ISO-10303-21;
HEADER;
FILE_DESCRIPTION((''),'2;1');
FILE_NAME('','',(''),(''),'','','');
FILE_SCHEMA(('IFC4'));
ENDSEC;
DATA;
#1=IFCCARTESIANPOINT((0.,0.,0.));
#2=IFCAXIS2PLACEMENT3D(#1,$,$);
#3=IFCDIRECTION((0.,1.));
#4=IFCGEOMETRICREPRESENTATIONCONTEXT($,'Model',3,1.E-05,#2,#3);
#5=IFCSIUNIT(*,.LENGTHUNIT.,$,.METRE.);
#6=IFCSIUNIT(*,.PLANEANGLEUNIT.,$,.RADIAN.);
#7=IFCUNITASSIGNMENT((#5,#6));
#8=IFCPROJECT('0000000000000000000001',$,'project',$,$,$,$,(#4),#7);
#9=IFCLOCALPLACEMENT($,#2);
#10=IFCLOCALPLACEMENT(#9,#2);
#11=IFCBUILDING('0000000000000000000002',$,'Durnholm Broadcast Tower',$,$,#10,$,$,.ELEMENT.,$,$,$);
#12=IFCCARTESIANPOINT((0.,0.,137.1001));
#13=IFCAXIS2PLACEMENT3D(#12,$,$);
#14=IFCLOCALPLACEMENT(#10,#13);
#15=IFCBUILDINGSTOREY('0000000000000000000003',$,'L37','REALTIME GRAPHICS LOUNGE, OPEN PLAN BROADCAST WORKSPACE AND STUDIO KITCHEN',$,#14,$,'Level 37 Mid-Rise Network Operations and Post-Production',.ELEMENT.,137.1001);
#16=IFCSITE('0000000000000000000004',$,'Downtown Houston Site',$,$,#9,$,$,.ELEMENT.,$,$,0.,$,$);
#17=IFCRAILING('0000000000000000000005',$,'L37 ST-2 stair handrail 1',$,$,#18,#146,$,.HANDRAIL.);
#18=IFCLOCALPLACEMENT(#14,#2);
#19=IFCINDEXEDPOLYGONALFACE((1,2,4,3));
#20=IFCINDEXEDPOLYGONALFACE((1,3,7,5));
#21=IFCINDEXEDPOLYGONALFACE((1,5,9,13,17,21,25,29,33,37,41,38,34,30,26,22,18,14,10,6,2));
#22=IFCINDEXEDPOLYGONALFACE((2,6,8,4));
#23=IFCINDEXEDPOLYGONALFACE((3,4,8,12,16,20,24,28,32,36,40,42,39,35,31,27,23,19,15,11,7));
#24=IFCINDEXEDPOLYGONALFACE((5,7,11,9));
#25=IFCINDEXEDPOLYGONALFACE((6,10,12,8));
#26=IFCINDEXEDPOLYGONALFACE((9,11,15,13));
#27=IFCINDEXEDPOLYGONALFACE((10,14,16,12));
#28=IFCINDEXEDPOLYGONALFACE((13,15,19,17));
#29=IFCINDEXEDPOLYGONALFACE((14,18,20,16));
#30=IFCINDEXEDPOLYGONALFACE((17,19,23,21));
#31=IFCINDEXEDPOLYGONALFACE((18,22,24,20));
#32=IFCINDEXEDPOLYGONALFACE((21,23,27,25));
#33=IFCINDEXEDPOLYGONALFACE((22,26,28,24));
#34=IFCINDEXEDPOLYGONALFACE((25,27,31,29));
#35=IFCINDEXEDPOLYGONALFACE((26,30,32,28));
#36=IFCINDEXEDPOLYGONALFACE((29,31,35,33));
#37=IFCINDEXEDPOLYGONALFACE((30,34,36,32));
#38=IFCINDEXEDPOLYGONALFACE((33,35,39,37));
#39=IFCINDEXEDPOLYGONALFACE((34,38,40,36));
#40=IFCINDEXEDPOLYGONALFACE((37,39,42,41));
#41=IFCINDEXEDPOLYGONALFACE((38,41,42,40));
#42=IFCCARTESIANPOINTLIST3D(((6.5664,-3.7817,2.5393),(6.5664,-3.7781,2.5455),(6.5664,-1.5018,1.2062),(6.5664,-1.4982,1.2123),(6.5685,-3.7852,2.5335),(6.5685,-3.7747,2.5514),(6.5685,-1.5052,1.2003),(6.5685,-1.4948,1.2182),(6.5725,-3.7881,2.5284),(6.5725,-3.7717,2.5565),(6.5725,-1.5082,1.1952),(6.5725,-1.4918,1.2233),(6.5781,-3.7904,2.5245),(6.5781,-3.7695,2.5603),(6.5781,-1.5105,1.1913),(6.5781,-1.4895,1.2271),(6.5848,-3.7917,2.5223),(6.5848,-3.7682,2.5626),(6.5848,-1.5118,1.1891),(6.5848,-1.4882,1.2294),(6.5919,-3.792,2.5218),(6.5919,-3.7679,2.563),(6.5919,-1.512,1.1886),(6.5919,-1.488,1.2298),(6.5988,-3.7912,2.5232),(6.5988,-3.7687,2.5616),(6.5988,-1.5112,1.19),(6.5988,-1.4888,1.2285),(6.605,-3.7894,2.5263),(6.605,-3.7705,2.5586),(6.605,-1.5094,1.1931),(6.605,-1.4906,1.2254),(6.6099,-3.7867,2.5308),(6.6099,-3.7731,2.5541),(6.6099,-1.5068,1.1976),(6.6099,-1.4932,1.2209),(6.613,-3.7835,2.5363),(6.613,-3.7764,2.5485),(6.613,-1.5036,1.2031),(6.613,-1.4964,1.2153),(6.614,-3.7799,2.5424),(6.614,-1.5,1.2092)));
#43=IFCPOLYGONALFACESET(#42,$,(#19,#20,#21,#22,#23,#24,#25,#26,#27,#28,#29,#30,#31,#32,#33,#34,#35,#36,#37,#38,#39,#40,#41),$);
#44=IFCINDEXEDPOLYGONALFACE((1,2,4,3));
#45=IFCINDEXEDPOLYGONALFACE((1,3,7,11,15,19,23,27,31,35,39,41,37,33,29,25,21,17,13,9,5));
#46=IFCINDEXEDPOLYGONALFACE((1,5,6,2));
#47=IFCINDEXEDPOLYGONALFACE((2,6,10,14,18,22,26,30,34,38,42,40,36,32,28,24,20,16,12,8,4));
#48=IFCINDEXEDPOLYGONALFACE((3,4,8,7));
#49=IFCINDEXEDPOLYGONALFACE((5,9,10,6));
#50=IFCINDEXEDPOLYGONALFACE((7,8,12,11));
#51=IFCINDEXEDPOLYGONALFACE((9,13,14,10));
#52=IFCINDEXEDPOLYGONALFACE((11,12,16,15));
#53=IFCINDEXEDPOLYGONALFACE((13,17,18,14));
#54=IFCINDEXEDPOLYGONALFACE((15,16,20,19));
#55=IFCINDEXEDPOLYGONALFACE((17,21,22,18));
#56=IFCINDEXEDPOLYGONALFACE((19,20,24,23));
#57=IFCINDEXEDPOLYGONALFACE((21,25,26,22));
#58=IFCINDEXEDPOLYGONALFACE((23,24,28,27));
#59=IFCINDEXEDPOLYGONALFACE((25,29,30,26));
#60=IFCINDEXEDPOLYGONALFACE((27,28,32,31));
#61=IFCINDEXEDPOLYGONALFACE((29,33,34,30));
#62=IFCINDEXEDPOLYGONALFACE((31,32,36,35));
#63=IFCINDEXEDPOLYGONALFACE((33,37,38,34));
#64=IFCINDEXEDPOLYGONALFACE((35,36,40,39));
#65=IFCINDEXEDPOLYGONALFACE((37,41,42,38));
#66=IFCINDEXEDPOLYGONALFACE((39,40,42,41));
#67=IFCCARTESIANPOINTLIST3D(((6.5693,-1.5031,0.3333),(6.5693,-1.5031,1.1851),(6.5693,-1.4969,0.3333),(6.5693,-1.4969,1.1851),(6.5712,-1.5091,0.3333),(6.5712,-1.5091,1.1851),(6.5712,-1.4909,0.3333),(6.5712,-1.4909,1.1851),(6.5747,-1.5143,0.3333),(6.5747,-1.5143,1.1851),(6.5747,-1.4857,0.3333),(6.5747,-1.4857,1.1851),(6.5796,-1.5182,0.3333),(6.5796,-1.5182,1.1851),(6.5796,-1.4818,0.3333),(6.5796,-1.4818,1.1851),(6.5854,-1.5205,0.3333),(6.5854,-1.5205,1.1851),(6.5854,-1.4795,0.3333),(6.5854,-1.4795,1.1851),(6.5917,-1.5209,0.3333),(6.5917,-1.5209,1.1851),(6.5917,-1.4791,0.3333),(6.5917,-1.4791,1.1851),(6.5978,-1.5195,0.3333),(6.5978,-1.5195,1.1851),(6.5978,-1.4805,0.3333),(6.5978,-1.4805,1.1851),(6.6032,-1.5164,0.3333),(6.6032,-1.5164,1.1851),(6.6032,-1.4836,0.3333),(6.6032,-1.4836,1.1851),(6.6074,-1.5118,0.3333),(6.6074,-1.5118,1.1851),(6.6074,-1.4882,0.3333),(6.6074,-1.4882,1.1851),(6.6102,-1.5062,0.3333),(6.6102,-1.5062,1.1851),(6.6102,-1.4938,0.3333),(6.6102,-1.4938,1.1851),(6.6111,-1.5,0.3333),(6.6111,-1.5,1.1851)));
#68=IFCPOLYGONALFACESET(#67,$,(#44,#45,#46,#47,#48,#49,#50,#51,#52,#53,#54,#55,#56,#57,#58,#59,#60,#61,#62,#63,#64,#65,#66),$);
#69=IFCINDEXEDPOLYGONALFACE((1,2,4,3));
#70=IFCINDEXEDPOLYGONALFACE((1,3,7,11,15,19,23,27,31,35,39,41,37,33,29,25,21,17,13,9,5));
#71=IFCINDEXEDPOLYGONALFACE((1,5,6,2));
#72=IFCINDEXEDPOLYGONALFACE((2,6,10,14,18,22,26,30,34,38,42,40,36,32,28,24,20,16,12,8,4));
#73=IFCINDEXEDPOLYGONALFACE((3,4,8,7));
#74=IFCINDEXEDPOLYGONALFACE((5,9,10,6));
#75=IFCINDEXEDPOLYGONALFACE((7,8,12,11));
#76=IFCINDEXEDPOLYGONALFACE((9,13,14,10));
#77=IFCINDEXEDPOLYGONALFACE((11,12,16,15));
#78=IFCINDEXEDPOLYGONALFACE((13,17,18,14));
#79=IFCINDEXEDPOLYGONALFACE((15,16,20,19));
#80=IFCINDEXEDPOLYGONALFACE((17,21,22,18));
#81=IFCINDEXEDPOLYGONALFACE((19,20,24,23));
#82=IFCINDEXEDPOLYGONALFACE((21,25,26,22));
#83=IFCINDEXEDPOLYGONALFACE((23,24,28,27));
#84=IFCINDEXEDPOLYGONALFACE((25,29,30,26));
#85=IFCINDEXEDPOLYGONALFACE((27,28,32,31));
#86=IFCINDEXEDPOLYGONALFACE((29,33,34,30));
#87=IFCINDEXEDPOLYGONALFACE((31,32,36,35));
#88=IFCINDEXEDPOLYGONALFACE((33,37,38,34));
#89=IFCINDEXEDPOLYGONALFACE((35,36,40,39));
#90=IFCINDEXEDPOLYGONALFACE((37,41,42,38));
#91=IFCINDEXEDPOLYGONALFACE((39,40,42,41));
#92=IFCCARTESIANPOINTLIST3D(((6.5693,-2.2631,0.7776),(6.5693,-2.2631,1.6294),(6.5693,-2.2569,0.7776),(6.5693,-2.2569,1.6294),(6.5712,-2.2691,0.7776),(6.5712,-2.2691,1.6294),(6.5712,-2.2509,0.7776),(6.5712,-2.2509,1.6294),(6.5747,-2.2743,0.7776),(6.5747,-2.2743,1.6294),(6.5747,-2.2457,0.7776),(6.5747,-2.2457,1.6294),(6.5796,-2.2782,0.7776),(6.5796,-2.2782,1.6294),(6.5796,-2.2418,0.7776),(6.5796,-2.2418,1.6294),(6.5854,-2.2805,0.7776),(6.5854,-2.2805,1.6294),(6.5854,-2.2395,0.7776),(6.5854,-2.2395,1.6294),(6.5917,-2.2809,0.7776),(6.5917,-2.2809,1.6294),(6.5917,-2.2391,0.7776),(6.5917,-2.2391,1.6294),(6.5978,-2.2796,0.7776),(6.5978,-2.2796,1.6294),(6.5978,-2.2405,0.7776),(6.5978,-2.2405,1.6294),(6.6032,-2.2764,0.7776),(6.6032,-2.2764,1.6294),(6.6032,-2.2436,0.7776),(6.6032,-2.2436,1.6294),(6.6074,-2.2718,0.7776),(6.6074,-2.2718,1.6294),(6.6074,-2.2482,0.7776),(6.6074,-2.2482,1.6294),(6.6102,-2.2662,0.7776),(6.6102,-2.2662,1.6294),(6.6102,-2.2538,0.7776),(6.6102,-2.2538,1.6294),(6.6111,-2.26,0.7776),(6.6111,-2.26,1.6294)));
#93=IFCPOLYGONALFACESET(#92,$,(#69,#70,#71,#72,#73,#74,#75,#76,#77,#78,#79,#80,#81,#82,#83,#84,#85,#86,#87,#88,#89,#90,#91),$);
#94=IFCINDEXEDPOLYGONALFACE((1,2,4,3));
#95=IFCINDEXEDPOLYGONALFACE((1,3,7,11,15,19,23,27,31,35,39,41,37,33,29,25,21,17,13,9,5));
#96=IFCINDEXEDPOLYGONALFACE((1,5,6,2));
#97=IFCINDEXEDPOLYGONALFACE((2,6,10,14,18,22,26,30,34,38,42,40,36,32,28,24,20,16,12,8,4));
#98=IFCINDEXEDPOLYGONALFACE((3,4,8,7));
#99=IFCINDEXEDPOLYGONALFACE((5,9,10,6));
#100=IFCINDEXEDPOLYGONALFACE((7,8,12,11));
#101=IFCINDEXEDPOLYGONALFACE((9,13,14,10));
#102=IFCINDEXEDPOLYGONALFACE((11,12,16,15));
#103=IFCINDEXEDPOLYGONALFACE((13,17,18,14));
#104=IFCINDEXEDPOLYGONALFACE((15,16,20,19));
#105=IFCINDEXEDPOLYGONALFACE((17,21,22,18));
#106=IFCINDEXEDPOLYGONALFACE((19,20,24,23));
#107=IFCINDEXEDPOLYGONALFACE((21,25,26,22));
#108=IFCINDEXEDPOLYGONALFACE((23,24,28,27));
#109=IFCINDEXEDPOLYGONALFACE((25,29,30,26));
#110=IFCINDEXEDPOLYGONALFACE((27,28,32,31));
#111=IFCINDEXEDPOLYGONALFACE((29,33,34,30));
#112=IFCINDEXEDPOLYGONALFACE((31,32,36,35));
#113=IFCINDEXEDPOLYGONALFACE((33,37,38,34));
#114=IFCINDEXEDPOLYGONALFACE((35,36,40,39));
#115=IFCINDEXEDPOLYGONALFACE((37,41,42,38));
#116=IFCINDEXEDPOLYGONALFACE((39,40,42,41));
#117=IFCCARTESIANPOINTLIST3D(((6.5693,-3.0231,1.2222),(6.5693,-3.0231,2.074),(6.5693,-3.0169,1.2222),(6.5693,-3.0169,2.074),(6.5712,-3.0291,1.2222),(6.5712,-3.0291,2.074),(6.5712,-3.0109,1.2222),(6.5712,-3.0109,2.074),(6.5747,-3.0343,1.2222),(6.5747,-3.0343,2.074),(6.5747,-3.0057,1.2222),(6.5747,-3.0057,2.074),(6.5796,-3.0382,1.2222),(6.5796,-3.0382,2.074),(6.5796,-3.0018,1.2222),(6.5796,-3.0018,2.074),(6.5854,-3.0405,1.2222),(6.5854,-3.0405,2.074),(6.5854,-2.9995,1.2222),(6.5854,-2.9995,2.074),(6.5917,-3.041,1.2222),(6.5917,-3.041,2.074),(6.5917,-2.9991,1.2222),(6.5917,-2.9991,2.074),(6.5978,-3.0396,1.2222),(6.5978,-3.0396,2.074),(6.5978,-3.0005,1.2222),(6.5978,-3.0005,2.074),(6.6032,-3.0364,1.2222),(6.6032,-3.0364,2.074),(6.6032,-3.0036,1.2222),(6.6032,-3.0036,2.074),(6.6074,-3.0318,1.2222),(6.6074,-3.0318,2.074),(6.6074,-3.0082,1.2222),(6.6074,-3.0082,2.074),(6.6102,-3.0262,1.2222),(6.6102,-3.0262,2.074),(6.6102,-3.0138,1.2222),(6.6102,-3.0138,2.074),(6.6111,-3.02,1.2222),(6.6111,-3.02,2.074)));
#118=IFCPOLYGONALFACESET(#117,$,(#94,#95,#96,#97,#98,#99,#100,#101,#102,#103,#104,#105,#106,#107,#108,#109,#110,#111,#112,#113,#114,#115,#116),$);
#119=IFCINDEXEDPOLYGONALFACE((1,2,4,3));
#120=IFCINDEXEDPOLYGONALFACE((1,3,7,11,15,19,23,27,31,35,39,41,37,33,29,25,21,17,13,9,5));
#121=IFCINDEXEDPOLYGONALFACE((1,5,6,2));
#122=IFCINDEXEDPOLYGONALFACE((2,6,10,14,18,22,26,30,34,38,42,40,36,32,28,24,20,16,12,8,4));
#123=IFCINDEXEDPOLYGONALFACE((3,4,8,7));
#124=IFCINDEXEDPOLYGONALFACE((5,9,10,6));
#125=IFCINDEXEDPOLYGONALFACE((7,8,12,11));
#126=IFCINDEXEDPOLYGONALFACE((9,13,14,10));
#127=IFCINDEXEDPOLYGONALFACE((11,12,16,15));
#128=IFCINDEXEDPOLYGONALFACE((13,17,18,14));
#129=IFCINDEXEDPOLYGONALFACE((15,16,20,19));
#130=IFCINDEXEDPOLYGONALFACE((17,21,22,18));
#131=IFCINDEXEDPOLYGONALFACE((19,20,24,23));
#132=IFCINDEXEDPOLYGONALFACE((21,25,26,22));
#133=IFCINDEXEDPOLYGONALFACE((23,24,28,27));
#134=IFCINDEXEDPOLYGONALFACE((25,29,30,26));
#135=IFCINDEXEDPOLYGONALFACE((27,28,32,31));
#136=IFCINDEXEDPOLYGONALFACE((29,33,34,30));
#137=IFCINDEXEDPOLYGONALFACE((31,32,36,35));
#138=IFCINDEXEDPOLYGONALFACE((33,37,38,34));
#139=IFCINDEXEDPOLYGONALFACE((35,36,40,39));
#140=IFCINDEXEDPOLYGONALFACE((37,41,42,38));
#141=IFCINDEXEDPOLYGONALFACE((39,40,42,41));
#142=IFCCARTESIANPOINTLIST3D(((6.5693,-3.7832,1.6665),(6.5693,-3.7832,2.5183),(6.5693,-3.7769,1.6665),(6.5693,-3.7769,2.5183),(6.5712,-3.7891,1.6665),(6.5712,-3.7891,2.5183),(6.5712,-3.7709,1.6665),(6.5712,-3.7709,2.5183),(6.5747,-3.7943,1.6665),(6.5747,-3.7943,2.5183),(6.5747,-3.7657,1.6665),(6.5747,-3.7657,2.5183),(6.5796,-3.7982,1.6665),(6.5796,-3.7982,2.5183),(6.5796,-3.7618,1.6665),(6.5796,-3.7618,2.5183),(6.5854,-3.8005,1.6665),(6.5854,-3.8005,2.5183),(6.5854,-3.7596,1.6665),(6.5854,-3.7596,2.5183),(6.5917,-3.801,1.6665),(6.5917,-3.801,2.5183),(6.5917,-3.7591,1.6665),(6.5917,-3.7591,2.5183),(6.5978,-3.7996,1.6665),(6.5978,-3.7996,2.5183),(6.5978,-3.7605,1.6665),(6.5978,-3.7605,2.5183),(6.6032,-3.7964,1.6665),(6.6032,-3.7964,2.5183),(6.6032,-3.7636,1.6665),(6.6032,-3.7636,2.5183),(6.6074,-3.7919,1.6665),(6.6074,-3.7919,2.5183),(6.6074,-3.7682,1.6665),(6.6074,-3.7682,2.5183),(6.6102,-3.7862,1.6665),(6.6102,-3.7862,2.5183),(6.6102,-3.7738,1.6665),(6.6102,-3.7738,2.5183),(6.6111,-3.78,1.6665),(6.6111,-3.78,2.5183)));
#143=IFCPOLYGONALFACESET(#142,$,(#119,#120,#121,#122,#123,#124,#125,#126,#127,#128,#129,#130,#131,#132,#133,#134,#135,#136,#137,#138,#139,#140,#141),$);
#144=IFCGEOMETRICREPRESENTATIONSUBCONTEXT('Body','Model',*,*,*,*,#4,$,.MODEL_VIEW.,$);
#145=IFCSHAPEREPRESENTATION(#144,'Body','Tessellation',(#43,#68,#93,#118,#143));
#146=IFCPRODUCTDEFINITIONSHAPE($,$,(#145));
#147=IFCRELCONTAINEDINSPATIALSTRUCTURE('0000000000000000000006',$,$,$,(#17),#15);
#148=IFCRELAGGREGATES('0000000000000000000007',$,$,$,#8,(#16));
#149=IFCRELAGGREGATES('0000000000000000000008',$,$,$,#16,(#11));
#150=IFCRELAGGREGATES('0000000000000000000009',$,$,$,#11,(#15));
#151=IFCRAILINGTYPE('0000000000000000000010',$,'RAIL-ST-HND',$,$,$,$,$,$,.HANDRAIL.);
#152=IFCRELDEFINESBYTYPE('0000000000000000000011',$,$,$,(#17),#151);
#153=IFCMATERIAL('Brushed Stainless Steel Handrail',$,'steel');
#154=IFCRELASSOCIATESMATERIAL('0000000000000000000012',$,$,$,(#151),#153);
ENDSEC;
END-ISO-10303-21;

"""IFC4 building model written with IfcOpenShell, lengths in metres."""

from ifc_helpers import new_model, si_unit, direction, frame, origin, origin_2d, place, context, subcontext, project, spatial, circle, extrude, material, type_object, element, save


model = new_model("IFC4")

# Units and contexts
model_context = context("Model", 3, precision=1e-05, world=origin(), true_north=direction((0.0, 1.0)))
body_context = subcontext(model_context, "Body", "Model", "MODEL_VIEW")
ifc_project = project(units=[si_unit("LENGTHUNIT", "METRE"), si_unit("PLANEANGLEUNIT", "RADIAN")], contexts=[model_context])

# Site, building, storey
site_placement = place(None, origin())
site = spatial("IfcSite", under=ifc_project, at=site_placement, Name="Downtown Houston Site", CompositionType="ELEMENT", RefElevation=0.0)
building_placement = place(site_placement, origin())
building = spatial("IfcBuilding", under=site, at=building_placement, Name="Durnholm Broadcast Tower", CompositionType="ELEMENT")
storey_placement = place(building_placement, frame((0.0, 0.0, 137.1001)))
storey = spatial("IfcBuildingStorey", under=building, at=storey_placement, Name="L37", Description="REALTIME GRAPHICS LOUNGE, OPEN PLAN BROADCAST WORKSPACE AND STUDIO KITCHEN", LongName="Level 37 Mid-Rise Network Operations and Post-Production", CompositionType="ELEMENT", Elevation=137.1001)

# Railing
ifc_material_1 = material(Name="Brushed Stainless Steel Handrail", Category="steel")
railing_type_1 = type_object("IfcRailingType", Name="RAIL-ST-HND", PredefinedType="HANDRAIL", material=ifc_material_1)
railing_1_placement = place(storey_placement, frame((6.5901, -1.5, 0.3333)))
element("IfcRailing", 1, at=railing_1_placement, inside=storey, type_object=railing_type_1, Name="L37 ST-2 stair handrail 1", PredefinedType="HANDRAIL", context=body_context, shape_type="SweptSolid", body=[
    extrude(circle(Radius=0.0239, at=origin_2d()), frame((0.0, 0.0, 0.876), z_axis=(0.0, -0.863245, 0.504785), x_axis=(1.0, 0.0, 0.0)), (0.0, 0.0, 1.0), 2.6411),
    extrude(circle(Radius=0.021, at=origin_2d()), origin(), (0.0, 0.0, 1.0), 0.8518),
    extrude(circle(Radius=0.021, at=origin_2d()), frame((0.0, -0.76, 0.4443)), (0.0, 0.0, 1.0), 0.8518),
    extrude(circle(Radius=0.021, at=origin_2d()), frame((0.0, -1.52, 0.8889)), (0.0, 0.0, 1.0), 0.8518),
    extrude(circle(Radius=0.021, at=origin_2d()), frame((0.0, -2.28, 1.3333)), (0.0, 0.0, 1.0), 0.8518),
])

save(model, "model.ifc")
